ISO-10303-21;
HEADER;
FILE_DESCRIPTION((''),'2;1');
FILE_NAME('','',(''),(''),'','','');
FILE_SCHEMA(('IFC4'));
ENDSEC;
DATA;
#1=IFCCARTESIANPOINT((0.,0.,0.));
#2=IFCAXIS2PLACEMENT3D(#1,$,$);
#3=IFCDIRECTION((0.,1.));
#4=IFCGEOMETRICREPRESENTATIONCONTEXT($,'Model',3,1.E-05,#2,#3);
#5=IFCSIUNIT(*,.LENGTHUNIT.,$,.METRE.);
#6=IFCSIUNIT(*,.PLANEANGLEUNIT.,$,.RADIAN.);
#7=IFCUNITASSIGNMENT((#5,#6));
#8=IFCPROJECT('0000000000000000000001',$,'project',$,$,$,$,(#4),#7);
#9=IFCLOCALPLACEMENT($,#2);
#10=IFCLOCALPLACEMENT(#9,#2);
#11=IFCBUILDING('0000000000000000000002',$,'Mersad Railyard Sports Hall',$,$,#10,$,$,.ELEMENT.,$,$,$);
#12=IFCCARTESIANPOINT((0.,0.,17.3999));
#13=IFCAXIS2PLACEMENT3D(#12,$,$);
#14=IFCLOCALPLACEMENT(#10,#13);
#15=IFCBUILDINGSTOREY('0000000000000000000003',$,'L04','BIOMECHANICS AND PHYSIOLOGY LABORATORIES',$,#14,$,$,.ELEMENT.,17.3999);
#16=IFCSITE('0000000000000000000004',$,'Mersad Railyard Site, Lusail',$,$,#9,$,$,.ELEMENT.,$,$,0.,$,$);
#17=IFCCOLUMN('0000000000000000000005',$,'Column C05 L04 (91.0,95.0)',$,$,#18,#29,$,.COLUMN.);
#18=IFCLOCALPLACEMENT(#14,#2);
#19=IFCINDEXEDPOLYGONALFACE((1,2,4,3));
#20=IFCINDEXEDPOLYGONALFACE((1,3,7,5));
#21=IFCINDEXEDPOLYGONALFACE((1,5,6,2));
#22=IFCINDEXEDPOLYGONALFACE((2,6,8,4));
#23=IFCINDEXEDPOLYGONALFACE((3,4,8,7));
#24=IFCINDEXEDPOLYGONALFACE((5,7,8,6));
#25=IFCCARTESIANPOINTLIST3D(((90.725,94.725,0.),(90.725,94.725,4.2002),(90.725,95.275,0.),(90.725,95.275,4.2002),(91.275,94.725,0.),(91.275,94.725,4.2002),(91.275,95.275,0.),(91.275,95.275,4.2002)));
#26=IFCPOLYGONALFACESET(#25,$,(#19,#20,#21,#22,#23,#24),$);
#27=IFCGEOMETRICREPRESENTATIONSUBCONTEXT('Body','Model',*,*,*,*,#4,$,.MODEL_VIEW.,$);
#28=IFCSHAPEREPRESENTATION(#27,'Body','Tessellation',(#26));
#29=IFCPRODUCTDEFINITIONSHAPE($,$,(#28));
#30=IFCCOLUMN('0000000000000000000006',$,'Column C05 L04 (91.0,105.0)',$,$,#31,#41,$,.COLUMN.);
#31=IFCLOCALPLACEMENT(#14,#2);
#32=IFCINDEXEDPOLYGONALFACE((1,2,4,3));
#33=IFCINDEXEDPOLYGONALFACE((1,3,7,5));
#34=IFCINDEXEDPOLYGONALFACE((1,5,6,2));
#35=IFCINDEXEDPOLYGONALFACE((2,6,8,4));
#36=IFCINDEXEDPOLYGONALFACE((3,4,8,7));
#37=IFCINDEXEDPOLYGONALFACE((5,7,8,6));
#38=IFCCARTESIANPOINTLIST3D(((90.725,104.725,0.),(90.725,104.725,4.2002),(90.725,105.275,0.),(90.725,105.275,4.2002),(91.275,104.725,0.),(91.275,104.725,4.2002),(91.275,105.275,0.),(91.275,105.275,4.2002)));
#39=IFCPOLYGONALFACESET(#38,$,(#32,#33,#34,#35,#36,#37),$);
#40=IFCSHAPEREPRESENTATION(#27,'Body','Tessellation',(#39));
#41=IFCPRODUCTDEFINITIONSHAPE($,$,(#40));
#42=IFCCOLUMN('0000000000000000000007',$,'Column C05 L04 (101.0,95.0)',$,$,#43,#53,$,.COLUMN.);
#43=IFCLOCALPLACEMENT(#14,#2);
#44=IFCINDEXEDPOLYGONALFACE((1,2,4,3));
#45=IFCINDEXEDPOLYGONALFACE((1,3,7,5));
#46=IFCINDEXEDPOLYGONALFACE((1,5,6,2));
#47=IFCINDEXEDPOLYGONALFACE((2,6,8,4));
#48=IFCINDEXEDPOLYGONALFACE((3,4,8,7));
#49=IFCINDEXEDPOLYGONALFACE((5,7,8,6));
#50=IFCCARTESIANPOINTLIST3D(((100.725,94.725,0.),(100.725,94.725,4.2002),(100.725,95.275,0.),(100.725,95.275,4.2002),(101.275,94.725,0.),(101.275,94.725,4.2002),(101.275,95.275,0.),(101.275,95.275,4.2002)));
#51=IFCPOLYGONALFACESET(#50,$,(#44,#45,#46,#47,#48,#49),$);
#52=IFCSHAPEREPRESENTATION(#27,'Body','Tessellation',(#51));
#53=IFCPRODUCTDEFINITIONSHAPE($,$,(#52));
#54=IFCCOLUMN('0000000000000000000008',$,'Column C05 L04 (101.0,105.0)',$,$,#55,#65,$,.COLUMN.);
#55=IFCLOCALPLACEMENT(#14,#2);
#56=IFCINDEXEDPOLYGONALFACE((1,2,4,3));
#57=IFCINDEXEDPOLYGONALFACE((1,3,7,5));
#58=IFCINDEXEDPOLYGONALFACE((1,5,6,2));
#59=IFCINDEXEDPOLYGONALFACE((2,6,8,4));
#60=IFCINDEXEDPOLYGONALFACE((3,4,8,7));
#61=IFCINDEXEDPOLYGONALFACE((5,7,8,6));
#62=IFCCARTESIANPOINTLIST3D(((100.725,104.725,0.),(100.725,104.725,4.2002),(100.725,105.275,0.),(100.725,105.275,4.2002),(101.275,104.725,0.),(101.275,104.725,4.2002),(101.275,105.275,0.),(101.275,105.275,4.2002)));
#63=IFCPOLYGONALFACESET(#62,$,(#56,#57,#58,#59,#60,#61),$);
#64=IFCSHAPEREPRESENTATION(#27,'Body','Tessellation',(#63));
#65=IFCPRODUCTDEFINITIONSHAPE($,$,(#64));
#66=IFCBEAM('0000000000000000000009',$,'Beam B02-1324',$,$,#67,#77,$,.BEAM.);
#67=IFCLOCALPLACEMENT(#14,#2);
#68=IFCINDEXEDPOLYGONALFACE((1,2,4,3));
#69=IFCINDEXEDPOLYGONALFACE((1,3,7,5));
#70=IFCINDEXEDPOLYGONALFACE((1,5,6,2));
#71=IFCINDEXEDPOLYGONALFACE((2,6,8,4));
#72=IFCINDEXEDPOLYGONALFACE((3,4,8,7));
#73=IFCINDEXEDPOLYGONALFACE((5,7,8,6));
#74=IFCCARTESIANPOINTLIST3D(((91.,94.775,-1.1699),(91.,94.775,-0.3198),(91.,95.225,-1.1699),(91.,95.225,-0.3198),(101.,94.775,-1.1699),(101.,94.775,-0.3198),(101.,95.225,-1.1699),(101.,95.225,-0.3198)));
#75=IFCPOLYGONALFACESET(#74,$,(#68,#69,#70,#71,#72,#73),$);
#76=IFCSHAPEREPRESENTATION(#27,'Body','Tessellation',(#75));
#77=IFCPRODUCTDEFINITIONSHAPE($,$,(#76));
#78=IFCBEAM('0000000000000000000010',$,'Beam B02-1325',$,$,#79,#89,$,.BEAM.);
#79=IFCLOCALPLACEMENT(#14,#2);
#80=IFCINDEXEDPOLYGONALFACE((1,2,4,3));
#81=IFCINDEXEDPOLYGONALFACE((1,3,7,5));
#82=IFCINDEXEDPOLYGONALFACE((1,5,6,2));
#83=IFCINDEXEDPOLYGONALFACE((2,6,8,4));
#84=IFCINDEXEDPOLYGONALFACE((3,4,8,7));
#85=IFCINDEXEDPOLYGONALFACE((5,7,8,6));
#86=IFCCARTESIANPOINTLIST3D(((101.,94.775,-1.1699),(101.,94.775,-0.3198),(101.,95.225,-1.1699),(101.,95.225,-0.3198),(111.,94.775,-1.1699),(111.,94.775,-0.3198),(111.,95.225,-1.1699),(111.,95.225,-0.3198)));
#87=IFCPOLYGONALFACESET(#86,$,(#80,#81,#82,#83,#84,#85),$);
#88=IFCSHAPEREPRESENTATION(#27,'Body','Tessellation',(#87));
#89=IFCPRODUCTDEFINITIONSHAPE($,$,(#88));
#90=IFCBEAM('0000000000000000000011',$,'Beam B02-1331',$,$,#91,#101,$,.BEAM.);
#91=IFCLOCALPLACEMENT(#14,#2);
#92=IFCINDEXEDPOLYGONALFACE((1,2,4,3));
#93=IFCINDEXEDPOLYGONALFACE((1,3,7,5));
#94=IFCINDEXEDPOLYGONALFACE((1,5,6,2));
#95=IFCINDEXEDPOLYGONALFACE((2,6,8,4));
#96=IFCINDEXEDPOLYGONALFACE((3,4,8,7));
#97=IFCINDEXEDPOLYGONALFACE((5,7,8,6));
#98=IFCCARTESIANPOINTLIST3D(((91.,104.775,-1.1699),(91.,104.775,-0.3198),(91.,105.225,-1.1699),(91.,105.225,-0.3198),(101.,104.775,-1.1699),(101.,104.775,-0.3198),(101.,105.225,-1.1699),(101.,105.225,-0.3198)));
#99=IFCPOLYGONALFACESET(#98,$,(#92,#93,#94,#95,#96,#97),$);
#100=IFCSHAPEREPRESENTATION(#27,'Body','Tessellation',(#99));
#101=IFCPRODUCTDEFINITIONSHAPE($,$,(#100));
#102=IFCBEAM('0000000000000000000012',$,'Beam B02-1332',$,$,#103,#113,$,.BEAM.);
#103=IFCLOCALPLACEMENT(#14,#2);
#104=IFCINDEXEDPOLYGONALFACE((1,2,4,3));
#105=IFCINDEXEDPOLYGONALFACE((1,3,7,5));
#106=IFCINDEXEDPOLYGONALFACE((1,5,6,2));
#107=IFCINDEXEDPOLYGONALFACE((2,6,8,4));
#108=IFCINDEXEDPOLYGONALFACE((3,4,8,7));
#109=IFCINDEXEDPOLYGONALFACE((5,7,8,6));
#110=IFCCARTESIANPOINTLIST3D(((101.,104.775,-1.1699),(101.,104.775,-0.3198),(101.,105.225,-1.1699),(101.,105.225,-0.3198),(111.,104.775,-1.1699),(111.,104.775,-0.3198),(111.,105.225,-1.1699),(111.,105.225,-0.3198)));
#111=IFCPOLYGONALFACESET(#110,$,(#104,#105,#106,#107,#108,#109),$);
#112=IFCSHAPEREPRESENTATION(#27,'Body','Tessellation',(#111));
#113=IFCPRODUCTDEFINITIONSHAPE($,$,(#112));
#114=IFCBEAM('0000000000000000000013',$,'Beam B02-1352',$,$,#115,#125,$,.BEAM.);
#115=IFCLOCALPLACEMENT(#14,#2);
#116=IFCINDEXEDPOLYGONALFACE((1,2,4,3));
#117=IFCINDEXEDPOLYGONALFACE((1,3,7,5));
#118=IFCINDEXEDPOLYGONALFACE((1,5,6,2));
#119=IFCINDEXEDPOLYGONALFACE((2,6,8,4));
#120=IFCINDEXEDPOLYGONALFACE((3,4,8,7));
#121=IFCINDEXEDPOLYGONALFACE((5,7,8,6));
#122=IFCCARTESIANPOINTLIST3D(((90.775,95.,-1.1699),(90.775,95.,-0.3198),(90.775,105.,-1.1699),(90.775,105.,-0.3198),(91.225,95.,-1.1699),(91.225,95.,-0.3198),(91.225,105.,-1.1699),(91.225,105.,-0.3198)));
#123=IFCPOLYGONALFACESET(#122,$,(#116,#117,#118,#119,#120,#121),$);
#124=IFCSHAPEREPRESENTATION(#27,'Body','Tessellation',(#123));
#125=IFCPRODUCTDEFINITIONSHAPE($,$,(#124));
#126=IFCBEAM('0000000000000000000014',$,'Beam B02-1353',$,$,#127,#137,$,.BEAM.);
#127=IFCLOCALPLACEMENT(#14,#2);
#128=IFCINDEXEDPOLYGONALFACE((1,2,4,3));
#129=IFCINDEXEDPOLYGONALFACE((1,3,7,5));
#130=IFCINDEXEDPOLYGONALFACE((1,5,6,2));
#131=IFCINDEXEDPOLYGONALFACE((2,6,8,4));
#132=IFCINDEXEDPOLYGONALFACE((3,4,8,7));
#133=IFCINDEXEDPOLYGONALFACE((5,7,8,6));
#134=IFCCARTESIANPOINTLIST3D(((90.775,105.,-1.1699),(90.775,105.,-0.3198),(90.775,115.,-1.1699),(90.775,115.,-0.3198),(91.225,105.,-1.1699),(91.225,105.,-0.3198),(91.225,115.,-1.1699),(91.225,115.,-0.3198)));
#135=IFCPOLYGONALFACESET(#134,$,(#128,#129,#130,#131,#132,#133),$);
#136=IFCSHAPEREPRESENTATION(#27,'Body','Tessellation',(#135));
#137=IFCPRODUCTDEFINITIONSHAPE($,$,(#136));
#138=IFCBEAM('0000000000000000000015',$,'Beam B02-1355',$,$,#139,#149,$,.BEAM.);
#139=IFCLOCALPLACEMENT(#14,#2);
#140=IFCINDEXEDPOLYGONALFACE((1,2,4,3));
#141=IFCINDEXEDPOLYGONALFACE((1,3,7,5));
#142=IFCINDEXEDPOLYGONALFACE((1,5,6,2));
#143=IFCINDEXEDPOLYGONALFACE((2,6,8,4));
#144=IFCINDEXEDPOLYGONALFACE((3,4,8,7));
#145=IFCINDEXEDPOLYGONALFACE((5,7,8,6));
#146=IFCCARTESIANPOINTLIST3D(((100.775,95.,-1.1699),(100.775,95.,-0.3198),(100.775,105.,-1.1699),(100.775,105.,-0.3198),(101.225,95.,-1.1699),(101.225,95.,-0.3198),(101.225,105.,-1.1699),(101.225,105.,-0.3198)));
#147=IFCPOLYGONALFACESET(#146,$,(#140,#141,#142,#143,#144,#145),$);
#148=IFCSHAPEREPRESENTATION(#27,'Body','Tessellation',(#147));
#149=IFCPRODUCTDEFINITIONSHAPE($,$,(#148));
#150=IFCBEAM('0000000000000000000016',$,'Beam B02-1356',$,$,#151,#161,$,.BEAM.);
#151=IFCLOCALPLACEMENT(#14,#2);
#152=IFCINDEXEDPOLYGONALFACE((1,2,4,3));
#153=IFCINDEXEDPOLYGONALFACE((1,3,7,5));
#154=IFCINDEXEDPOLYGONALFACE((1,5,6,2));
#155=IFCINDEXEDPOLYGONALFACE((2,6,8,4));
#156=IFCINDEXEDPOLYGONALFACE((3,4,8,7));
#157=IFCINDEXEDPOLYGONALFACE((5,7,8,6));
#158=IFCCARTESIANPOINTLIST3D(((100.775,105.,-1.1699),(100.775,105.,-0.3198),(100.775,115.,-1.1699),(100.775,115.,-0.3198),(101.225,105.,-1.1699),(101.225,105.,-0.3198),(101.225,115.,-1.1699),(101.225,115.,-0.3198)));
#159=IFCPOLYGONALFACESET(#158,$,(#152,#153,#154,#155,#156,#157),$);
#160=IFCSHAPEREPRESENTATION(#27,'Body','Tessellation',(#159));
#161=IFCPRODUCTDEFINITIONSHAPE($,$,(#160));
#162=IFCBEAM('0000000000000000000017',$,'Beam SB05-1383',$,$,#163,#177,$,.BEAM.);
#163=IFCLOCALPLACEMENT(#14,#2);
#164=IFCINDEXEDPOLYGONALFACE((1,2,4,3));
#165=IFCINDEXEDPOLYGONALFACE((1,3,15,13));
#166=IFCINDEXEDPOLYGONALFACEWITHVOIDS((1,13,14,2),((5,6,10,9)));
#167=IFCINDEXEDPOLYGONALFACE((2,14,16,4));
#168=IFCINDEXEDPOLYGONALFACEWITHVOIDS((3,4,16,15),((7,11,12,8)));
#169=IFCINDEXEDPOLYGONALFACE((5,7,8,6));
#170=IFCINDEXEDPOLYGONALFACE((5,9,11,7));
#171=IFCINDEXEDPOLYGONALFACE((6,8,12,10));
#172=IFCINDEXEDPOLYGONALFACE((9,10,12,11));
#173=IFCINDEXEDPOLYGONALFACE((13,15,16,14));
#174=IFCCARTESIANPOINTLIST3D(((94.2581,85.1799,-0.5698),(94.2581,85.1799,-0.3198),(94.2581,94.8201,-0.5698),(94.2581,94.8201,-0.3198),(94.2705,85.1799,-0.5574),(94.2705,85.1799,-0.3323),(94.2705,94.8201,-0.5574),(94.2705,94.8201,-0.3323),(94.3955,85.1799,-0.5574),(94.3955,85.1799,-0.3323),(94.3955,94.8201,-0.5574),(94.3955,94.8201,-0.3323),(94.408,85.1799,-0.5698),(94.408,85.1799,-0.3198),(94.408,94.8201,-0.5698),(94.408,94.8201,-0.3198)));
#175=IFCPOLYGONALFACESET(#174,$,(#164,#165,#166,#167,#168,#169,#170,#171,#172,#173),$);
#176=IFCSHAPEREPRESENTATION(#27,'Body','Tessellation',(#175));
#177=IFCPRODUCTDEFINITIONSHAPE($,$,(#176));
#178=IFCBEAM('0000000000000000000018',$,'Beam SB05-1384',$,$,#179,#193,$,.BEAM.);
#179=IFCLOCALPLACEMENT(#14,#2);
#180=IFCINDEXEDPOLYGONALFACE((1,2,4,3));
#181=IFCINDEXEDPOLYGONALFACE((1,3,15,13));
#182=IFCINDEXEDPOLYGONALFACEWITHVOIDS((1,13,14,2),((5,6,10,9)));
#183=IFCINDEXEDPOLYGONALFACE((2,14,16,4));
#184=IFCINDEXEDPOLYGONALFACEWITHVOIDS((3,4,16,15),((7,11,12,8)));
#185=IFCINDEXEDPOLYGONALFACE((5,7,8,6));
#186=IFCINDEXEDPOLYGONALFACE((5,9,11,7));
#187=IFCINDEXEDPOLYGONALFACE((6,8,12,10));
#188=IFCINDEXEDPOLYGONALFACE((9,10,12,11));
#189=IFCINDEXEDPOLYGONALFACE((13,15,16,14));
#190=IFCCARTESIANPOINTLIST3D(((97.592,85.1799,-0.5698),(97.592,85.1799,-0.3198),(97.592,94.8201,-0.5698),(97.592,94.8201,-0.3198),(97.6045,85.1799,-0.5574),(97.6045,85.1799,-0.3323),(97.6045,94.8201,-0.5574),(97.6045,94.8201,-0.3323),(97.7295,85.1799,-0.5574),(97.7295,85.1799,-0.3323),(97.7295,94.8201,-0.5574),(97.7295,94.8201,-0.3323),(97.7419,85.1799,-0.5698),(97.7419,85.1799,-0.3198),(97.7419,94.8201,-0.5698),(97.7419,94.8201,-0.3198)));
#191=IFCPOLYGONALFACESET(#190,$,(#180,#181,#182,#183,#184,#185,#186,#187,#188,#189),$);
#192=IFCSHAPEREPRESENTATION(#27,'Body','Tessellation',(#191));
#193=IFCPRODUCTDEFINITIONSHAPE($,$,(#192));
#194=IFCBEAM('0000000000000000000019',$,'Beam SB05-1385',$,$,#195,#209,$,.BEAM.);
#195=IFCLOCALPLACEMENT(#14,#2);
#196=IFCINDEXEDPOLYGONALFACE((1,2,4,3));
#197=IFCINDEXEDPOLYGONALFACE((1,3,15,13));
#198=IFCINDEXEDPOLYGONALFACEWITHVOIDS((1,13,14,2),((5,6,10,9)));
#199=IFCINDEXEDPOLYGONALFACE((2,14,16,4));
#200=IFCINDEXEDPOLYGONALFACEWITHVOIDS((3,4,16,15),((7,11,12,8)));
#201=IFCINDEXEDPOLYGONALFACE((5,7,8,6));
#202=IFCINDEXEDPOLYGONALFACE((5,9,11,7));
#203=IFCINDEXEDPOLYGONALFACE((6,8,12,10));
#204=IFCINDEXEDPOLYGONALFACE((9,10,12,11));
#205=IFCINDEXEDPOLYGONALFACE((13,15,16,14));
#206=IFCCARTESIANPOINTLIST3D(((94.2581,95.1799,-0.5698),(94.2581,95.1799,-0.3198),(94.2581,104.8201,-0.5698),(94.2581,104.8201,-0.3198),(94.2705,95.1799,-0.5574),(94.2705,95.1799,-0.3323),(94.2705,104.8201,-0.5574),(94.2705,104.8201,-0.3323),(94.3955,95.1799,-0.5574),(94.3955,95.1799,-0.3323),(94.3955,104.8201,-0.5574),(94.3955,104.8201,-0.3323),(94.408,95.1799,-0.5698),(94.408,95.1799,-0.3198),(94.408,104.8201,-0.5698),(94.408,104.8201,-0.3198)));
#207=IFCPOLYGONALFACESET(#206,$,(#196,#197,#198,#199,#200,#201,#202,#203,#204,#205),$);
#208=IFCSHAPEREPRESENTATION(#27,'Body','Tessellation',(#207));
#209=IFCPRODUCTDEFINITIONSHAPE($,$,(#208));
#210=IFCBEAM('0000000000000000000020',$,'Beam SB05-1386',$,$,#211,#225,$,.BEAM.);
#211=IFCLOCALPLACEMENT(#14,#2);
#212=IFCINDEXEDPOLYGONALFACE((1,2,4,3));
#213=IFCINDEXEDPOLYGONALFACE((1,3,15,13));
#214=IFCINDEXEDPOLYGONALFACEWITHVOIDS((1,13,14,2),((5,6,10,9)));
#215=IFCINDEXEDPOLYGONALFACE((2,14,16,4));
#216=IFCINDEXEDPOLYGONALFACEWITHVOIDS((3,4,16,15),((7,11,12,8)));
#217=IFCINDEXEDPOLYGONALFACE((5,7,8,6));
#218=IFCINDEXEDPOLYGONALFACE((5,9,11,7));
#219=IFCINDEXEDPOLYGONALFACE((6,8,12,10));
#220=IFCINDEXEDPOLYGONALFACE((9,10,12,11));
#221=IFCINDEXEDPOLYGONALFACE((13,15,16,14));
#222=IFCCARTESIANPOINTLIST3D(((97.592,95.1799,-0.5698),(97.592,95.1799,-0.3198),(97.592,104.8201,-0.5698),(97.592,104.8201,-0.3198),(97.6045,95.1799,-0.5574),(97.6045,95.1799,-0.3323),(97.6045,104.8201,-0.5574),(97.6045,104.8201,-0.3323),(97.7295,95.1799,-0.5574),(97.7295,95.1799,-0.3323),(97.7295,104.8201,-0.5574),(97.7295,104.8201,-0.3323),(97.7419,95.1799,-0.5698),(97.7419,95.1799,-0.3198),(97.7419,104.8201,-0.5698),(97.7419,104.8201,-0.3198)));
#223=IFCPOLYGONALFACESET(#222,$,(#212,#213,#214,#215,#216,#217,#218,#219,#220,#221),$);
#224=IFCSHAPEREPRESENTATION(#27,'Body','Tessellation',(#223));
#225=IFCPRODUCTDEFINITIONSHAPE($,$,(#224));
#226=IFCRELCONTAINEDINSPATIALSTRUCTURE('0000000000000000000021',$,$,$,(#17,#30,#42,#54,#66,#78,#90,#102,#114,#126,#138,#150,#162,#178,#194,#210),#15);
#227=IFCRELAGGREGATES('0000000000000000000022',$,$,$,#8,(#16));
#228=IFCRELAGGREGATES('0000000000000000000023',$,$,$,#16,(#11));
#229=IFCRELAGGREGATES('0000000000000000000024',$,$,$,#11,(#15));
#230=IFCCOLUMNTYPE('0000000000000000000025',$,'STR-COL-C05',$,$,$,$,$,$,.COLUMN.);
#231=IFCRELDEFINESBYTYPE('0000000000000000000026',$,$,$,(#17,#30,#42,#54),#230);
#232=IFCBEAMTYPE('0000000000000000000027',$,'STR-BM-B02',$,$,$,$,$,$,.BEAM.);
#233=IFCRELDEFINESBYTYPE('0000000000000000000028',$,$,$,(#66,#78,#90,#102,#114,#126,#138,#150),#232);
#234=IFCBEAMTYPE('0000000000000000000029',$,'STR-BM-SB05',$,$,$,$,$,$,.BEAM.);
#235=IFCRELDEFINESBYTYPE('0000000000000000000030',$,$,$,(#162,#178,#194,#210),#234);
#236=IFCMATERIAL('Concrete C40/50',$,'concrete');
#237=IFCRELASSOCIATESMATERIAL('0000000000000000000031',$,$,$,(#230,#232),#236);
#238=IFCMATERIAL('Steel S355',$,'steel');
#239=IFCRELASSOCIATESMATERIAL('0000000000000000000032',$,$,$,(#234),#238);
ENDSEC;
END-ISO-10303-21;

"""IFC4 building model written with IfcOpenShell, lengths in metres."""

from ifc_helpers import new_model, si_unit, direction, frame, origin, origin_2d, place, context, subcontext, project, spatial, rectangle, hollow_rectangle, extrude, material, material_profile, profile_set, type_object, element, save


model = new_model("IFC4")

# Units and contexts
model_context = context("Model", 3, precision=1e-05, world=origin(), true_north=direction((0.0, 1.0)))
body_context = subcontext(model_context, "Body", "Model", "MODEL_VIEW")
ifc_project = project(units=[si_unit("LENGTHUNIT", "METRE"), si_unit("PLANEANGLEUNIT", "RADIAN")], contexts=[model_context])

# Site, building, storey
site_placement = place(None, origin())
site = spatial("IfcSite", under=ifc_project, at=site_placement, Name="Mersad Railyard Site, Lusail", CompositionType="ELEMENT", RefElevation=0.0)
building_placement = place(site_placement, origin())
building = spatial("IfcBuilding", under=site, at=building_placement, Name="Mersad Railyard Sports Hall", CompositionType="ELEMENT")
storey_placement = place(building_placement, frame((0.0, 0.0, 17.3999)))
storey = spatial("IfcBuildingStorey", under=building, at=storey_placement, Name="L04", Description="BIOMECHANICS AND PHYSIOLOGY LABORATORIES", CompositionType="ELEMENT", Elevation=17.3999)

# Columns
ifc_material_1 = material(Name="Concrete C40/50", Category="concrete")
ifc_material_profile_1 = material_profile(ifc_material_1, rectangle(XDim=0.55, YDim=0.55, at=origin_2d()), Name="RC 550x550")
ifc_profile_set_1 = profile_set([ifc_material_profile_1], Name="Concrete C40/50")
column_type = type_object("IfcColumnType", Name="STR-COL-C05", PredefinedType="COLUMN", material=ifc_profile_set_1)
for number, where, z_axis, x_axis, name in (
    (1, (91.0, 95.0, 0.0), (0.0, 0.0, 1.0), (1.0, 0.0, 0.0), "Column C05 L04 (91.0,95.0)"),
    (2, (91.0, 105.0, 0.0), (0.0, 0.0, 1.0), (1.0, 0.0, 0.0), "Column C05 L04 (91.0,105.0)"),
    (3, (101.0, 95.0, 0.0), (0.0, 0.0, 1.0), (1.0, 0.0, 0.0), "Column C05 L04 (101.0,95.0)"),
    (4, (101.0, 105.0, 0.0), (0.0, 0.0, 1.0), (1.0, 0.0, 0.0), "Column C05 L04 (101.0,105.0)"),
):
    element("IfcColumn", number, at=place(storey_placement, frame(where, z_axis=z_axis, x_axis=x_axis)), inside=storey, type_object=column_type, Name=name, PredefinedType="COLUMN", context=body_context, shape_type="SweptSolid", body=[
        extrude(rectangle(XDim=0.55, YDim=0.55, at=origin_2d()), origin(), (0.0, 0.0, 1.0), 4.2002),
    ])

# Beams
ifc_material_profile_2 = material_profile(ifc_material_1, rectangle(XDim=0.45, YDim=0.8501, at=origin_2d()), Name="RC 450x850")
ifc_profile_set_2 = profile_set([ifc_material_profile_2], Name="Concrete C40/50")
beam_type_1 = type_object("IfcBeamType", Name="STR-BM-B02", PredefinedType="BEAM", material=ifc_profile_set_2)
for number, where, z_axis, x_axis, name in (
    (5, (91.0, 95.0, -0.7449), (1.0, 0.0, 0.0), (0.0, 1.0, 0.0), "Beam B02-1324"),
    (6, (101.0, 95.0, -0.7449), (1.0, 0.0, 0.0), (0.0, 1.0, 0.0), "Beam B02-1325"),
    (7, (91.0, 105.0, -0.7449), (1.0, 0.0, 0.0), (0.0, 1.0, 0.0), "Beam B02-1331"),
    (8, (101.0, 105.0, -0.7449), (1.0, 0.0, 0.0), (0.0, 1.0, 0.0), "Beam B02-1332"),
    (9, (91.0, 95.0, -0.7449), (0.0, 1.0, 0.0), (-1.0, 0.0, 0.0), "Beam B02-1352"),
    (10, (91.0, 105.0, -0.7449), (0.0, 1.0, 0.0), (-1.0, 0.0, 0.0), "Beam B02-1353"),
    (11, (101.0, 95.0, -0.7449), (0.0, 1.0, 0.0), (-1.0, 0.0, 0.0), "Beam B02-1355"),
    (12, (101.0, 105.0, -0.7449), (0.0, 1.0, 0.0), (-1.0, 0.0, 0.0), "Beam B02-1356"),
):
    element("IfcBeam", number, at=place(storey_placement, frame(where, z_axis=z_axis, x_axis=x_axis)), inside=storey, type_object=beam_type_1, Name=name, PredefinedType="BEAM", context=body_context, shape_type="SweptSolid", body=[
        extrude(rectangle(XDim=0.45, YDim=0.8501, at=origin_2d()), origin(), (0.0, 0.0, 1.0), 10.0),
    ])
ifc_material_2 = material(Name="Steel S355", Category="steel")
ifc_material_profile_3 = material_profile(ifc_material_2, hollow_rectangle(XDim=0.1499, YDim=0.25, WallThickness=0.0125, at=origin_2d()), Name="RHS 250x150x12.5")
ifc_profile_set_3 = profile_set([ifc_material_profile_3], Name="Steel S355")
beam_type_2 = type_object("IfcBeamType", Name="STR-BM-SB05", PredefinedType="BEAM", material=ifc_profile_set_3)
for number, where, z_axis, x_axis, name in (
    (13, (94.333, 85.1799, -0.4448), (0.0, 1.0, 0.0), (-1.0, 0.0, 0.0), "Beam SB05-1383"),
    (14, (97.667, 85.1799, -0.4448), (0.0, 1.0, 0.0), (-1.0, 0.0, 0.0), "Beam SB05-1384"),
    (15, (94.333, 95.1799, -0.4448), (0.0, 1.0, 0.0), (-1.0, 0.0, 0.0), "Beam SB05-1385"),
    (16, (97.667, 95.1799, -0.4448), (0.0, 1.0, 0.0), (-1.0, 0.0, 0.0), "Beam SB05-1386"),
):
    element("IfcBeam", number, at=place(storey_placement, frame(where, z_axis=z_axis, x_axis=x_axis)), inside=storey, type_object=beam_type_2, Name=name, PredefinedType="BEAM", context=body_context, shape_type="SweptSolid", body=[
        extrude(hollow_rectangle(XDim=0.1499, YDim=0.25, WallThickness=0.0125, at=origin_2d()), origin(), (0.0, 0.0, 1.0), 9.6401),
    ])

save(model, "model.ifc")
